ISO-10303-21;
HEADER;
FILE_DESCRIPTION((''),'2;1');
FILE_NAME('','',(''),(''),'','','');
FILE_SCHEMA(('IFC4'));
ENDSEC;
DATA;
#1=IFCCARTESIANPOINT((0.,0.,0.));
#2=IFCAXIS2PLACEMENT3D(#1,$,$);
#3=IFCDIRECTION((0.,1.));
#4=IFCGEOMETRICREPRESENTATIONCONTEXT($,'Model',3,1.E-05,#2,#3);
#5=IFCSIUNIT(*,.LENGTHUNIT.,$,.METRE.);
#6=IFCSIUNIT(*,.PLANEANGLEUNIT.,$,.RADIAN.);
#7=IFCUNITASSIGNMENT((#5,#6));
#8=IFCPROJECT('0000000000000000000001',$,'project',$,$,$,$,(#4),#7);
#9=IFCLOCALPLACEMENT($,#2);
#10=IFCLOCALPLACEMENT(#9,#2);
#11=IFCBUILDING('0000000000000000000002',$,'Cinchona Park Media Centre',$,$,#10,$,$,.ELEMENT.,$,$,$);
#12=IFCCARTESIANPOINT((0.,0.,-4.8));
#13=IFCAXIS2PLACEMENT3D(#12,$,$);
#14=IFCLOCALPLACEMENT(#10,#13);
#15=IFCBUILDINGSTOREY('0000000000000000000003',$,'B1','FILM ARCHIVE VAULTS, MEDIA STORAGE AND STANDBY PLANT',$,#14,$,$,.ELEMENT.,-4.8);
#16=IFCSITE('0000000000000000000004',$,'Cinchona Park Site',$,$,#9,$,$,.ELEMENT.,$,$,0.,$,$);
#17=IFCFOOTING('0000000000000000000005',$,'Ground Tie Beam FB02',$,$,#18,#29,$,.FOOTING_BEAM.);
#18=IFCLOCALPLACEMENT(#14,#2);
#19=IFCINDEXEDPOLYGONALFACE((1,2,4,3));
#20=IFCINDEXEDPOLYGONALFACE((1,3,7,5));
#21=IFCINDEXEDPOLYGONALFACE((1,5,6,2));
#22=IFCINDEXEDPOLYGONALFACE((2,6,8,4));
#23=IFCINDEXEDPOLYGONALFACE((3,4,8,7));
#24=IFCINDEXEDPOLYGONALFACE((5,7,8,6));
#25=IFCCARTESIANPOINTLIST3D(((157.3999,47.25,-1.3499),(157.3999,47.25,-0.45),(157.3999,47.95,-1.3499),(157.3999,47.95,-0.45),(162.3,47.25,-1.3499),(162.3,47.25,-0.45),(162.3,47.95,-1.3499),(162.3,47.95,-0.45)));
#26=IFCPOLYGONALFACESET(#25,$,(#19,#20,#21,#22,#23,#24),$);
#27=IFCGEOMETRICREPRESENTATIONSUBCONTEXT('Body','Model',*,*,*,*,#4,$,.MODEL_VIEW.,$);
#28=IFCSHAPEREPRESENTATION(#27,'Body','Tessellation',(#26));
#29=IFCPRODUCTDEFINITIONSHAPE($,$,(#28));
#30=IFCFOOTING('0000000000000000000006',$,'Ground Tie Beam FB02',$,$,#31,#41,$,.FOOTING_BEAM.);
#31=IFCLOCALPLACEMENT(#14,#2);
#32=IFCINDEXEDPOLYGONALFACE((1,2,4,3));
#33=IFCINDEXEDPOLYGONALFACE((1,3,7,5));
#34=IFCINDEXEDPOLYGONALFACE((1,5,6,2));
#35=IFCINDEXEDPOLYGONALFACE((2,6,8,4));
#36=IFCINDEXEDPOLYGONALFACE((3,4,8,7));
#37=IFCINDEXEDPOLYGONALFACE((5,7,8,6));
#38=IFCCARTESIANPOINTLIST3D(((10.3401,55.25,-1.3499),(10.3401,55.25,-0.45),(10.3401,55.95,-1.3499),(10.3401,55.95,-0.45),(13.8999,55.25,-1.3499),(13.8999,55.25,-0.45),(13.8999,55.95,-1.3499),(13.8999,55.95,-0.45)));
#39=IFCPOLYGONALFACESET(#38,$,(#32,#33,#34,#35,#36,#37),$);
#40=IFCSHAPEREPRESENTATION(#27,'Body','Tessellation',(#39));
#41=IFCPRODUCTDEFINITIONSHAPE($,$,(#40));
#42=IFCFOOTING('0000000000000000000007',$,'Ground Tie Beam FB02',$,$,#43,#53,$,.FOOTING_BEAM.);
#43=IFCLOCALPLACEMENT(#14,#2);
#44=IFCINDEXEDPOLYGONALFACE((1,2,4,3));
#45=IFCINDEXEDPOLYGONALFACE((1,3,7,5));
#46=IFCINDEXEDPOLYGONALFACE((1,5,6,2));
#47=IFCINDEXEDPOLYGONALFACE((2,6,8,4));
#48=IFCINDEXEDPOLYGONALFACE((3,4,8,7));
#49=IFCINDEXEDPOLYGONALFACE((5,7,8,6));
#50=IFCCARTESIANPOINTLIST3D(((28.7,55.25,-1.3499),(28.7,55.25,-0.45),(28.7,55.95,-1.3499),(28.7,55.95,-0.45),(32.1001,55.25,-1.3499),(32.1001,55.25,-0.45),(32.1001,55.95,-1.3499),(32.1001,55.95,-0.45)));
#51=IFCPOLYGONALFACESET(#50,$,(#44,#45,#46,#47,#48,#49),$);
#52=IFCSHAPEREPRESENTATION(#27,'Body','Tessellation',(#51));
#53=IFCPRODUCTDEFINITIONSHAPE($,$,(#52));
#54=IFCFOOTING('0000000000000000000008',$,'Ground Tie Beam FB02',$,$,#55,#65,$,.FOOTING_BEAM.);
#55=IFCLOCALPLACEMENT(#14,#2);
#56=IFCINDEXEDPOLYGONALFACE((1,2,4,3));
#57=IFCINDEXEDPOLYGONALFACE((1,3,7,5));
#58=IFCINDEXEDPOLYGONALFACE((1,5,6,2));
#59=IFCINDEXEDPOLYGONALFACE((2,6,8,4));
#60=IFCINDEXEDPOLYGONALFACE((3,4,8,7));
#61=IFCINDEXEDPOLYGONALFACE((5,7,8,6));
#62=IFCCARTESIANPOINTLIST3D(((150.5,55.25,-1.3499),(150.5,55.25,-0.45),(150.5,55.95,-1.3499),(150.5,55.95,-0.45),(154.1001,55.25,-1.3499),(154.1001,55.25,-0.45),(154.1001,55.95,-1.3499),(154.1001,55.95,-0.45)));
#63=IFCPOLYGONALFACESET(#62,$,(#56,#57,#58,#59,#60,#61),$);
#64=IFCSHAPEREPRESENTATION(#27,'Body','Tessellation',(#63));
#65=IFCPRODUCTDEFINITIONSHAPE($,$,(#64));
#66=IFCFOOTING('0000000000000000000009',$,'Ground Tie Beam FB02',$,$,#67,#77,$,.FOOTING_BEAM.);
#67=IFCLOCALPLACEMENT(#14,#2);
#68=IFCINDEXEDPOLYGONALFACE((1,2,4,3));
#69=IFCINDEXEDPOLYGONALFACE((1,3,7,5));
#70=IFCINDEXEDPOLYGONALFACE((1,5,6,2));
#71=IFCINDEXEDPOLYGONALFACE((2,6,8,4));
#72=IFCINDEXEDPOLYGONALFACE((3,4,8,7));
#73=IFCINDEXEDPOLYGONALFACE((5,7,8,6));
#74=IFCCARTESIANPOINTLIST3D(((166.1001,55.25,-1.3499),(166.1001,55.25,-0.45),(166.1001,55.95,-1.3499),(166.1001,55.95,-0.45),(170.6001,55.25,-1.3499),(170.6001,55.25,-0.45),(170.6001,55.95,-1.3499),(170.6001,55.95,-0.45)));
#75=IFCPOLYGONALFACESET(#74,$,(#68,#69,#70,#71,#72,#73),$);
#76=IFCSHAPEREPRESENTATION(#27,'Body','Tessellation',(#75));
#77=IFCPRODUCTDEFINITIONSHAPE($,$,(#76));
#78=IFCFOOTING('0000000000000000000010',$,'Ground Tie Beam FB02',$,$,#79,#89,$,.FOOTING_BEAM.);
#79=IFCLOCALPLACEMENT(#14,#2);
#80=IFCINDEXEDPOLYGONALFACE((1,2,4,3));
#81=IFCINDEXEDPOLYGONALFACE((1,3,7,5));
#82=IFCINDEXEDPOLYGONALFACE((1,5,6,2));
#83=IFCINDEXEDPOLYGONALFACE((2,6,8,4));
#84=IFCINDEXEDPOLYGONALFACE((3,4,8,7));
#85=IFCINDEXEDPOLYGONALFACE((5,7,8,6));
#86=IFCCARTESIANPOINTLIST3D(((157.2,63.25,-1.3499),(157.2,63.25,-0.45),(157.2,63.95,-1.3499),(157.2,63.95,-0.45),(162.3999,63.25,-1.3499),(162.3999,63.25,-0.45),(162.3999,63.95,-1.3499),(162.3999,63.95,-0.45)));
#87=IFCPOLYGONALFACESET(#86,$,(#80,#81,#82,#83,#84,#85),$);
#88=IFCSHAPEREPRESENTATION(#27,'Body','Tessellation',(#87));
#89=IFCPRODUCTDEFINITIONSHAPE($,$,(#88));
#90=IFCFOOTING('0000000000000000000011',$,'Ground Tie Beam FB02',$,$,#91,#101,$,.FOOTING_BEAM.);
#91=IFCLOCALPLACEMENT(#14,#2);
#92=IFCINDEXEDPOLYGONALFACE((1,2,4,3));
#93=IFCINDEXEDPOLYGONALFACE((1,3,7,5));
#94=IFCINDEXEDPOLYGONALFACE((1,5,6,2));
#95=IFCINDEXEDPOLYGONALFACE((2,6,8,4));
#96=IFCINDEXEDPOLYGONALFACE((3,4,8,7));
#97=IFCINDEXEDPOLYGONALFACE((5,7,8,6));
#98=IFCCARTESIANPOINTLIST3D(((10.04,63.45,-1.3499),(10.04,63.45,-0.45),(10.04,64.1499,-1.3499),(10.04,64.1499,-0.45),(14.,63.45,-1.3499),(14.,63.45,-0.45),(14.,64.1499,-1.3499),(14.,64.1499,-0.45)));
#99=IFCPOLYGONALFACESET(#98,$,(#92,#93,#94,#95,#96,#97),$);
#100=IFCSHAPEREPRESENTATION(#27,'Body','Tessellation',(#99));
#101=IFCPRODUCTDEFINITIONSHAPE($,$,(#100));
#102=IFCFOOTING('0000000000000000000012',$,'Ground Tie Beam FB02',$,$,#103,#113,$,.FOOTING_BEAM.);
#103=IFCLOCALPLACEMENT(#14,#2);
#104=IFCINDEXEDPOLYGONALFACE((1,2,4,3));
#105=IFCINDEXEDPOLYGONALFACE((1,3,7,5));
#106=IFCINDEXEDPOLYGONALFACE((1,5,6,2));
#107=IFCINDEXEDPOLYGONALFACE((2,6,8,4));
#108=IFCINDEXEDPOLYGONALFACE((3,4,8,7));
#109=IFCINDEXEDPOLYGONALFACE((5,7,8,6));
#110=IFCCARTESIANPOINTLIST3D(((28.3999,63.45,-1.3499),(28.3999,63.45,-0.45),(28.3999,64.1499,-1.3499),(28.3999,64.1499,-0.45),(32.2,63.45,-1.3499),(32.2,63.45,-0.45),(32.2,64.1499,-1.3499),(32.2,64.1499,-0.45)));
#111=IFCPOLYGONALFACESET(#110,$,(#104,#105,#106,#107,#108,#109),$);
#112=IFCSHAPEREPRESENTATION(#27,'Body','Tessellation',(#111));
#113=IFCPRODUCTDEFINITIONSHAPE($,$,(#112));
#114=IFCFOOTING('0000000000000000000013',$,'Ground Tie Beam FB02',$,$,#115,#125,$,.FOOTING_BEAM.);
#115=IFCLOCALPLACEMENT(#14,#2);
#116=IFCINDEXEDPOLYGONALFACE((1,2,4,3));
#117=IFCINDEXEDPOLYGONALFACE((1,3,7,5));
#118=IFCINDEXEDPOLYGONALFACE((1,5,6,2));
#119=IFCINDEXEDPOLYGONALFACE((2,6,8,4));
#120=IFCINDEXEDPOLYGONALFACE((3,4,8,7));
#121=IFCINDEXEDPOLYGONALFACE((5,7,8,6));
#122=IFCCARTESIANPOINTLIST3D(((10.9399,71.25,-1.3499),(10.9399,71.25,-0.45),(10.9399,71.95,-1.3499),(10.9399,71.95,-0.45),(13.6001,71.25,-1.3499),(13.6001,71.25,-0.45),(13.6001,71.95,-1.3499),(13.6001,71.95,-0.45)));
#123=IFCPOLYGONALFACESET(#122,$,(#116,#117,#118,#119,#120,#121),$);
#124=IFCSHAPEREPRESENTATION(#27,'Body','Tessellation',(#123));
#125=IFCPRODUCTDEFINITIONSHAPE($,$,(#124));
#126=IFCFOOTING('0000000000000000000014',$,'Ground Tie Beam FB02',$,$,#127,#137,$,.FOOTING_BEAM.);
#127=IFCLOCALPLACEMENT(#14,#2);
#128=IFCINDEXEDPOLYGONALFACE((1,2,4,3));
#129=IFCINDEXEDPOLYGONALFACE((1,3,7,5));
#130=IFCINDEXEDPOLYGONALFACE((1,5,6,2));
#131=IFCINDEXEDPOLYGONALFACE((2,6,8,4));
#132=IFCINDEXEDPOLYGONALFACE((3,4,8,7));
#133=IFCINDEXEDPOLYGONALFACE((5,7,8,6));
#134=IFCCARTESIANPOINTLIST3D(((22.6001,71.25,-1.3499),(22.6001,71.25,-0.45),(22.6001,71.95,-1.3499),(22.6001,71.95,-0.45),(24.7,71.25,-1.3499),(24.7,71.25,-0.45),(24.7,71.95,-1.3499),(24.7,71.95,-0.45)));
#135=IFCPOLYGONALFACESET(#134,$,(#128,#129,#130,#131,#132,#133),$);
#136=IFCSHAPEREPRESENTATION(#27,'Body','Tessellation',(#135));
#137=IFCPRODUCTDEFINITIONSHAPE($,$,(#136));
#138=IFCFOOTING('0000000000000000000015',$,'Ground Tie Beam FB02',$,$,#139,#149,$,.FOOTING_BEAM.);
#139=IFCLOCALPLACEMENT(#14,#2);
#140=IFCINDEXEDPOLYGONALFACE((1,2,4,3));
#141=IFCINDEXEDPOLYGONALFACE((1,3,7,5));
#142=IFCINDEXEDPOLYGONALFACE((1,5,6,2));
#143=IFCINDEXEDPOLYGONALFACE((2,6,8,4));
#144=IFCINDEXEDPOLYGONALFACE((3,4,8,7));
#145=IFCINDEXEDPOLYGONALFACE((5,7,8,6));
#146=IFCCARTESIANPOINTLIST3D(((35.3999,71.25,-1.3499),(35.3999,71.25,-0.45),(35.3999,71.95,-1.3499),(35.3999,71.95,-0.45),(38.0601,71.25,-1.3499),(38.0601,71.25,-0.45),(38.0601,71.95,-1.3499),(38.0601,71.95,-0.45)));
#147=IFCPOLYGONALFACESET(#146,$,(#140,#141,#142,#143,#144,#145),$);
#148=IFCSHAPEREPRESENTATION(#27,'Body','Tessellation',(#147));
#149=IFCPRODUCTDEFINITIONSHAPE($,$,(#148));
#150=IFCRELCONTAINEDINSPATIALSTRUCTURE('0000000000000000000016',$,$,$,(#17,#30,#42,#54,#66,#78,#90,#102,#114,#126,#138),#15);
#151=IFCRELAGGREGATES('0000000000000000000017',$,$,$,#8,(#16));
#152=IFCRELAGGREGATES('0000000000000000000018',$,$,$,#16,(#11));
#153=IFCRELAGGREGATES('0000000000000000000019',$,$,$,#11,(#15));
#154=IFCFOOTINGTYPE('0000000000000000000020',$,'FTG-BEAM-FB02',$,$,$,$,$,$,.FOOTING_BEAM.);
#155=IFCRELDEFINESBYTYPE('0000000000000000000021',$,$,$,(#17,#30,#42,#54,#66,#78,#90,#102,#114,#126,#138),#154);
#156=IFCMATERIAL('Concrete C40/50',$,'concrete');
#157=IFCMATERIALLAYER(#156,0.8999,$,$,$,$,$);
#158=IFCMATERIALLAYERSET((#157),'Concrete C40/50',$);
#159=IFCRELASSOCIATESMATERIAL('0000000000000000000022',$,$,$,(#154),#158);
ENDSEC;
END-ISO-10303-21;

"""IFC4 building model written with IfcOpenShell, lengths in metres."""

from ifc_helpers import new_model, si_unit, direction, frame, origin, place, context, subcontext, project, spatial, polyline, outline, extrude, material, layer, layer_set, type_object, element, save


model = new_model("IFC4")

# Units and contexts
model_context = context("Model", 3, precision=1e-05, world=origin(), true_north=direction((0.0, 1.0)))
body_context = subcontext(model_context, "Body", "Model", "MODEL_VIEW")
ifc_project = project(units=[si_unit("LENGTHUNIT", "METRE"), si_unit("PLANEANGLEUNIT", "RADIAN")], contexts=[model_context])

# Site, building, storey
site_placement = place(None, origin())
site = spatial("IfcSite", under=ifc_project, at=site_placement, Name="Cinchona Park Site", CompositionType="ELEMENT", RefElevation=0.0)
building_placement = place(site_placement, origin())
building = spatial("IfcBuilding", under=site, at=building_placement, Name="Cinchona Park Media Centre", CompositionType="ELEMENT")
storey_placement = place(building_placement, frame((0.0, 0.0, -4.8)))
storey = spatial("IfcBuildingStorey", under=building, at=storey_placement, Name="B1", Description="FILM ARCHIVE VAULTS, MEDIA STORAGE AND STANDBY PLANT", CompositionType="ELEMENT", Elevation=-4.8)

# Footings
ifc_material = material(Name="Concrete C40/50", Category="concrete")
ifc_layer = layer(ifc_material, 0.8999)
ifc_layer_set = layer_set([ifc_layer], Name="Concrete C40/50")
footing_type = type_object("IfcFootingType", Name="FTG-BEAM-FB02", PredefinedType="FOOTING_BEAM", material=ifc_layer_set)
footing_1_placement = place(storey_placement, frame((0.0, 0.0, -1.3499)))
element("IfcFooting", 1, at=footing_1_placement, inside=storey, type_object=footing_type, Name="Ground Tie Beam FB02", PredefinedType="FOOTING_BEAM", context=body_context, shape_type="SweptSolid", body=[
    extrude(outline(polyline([(157.3999, 47.25), (162.3, 47.25), (162.3, 47.95), (157.3999, 47.95), (157.3999, 47.25)])), origin(), (0.0, 0.0, 1.0), 0.8999),
])
footing_2_placement = place(storey_placement, frame((0.0, 0.0, -1.3499)))
element("IfcFooting", 2, at=footing_2_placement, inside=storey, type_object=footing_type, Name="Ground Tie Beam FB02", PredefinedType="FOOTING_BEAM", context=body_context, shape_type="SweptSolid", body=[
    extrude(outline(polyline([(10.3401, 55.25), (13.8999, 55.25), (13.8999, 55.95), (10.3401, 55.95), (10.3401, 55.25)])), origin(), (0.0, 0.0, 1.0), 0.8999),
])
footing_3_placement = place(storey_placement, frame((0.0, 0.0, -1.3499)))
element("IfcFooting", 3, at=footing_3_placement, inside=storey, type_object=footing_type, Name="Ground Tie Beam FB02", PredefinedType="FOOTING_BEAM", context=body_context, shape_type="SweptSolid", body=[
    extrude(outline(polyline([(28.7, 55.25), (32.1001, 55.25), (32.1001, 55.95), (28.7, 55.95), (28.7, 55.25)])), origin(), (0.0, 0.0, 1.0), 0.8999),
])
footing_4_placement = place(storey_placement, frame((0.0, 0.0, -1.3499)))
element("IfcFooting", 4, at=footing_4_placement, inside=storey, type_object=footing_type, Name="Ground Tie Beam FB02", PredefinedType="FOOTING_BEAM", context=body_context, shape_type="SweptSolid", body=[
    extrude(outline(polyline([(150.5, 55.25), (154.1001, 55.25), (154.1001, 55.95), (150.5, 55.95), (150.5, 55.25)])), origin(), (0.0, 0.0, 1.0), 0.8999),
])
footing_5_placement = place(storey_placement, frame((0.0, 0.0, -1.3499)))
element("IfcFooting", 5, at=footing_5_placement, inside=storey, type_object=footing_type, Name="Ground Tie Beam FB02", PredefinedType="FOOTING_BEAM", context=body_context, shape_type="SweptSolid", body=[
    extrude(outline(polyline([(166.1001, 55.25), (170.6001, 55.25), (170.6001, 55.95), (166.1001, 55.95), (166.1001, 55.25)])), origin(), (0.0, 0.0, 1.0), 0.8999),
])
footing_6_placement = place(storey_placement, frame((0.0, 0.0, -1.3499)))
element("IfcFooting", 6, at=footing_6_placement, inside=storey, type_object=footing_type, Name="Ground Tie Beam FB02", PredefinedType="FOOTING_BEAM", context=body_context, shape_type="SweptSolid", body=[
    extrude(outline(polyline([(157.2, 63.25), (162.3999, 63.25), (162.3999, 63.95), (157.2, 63.95), (157.2, 63.25)])), origin(), (0.0, 0.0, 1.0), 0.8999),
])
footing_7_placement = place(storey_placement, frame((0.0, 0.0, -1.3499)))
element("IfcFooting", 7, at=footing_7_placement, inside=storey, type_object=footing_type, Name="Ground Tie Beam FB02", PredefinedType="FOOTING_BEAM", context=body_context, shape_type="SweptSolid", body=[
    extrude(outline(polyline([(10.04, 63.45), (14.0, 63.45), (14.0, 64.1499), (10.04, 64.1499), (10.04, 63.45)])), origin(), (0.0, 0.0, 1.0), 0.8999),
])
footing_8_placement = place(storey_placement, frame((0.0, 0.0, -1.3499)))
element("IfcFooting", 8, at=footing_8_placement, inside=storey, type_object=footing_type, Name="Ground Tie Beam FB02", PredefinedType="FOOTING_BEAM", context=body_context, shape_type="SweptSolid", body=[
    extrude(outline(polyline([(28.3999, 63.45), (32.2, 63.45), (32.2, 64.1499), (28.3999, 64.1499), (28.3999, 63.45)])), origin(), (0.0, 0.0, 1.0), 0.8999),
])
footing_9_placement = place(storey_placement, frame((0.0, 0.0, -1.3499)))
element("IfcFooting", 9, at=footing_9_placement, inside=storey, type_object=footing_type, Name="Ground Tie Beam FB02", PredefinedType="FOOTING_BEAM", context=body_context, shape_type="SweptSolid", body=[
    extrude(outline(polyline([(10.9399, 71.25), (13.6001, 71.25), (13.6001, 71.95), (10.9399, 71.95), (10.9399, 71.25)])), origin(), (0.0, 0.0, 1.0), 0.8999),
])
footing_10_placement = place(storey_placement, frame((0.0, 0.0, -1.3499)))
element("IfcFooting", 10, at=footing_10_placement, inside=storey, type_object=footing_type, Name="Ground Tie Beam FB02", PredefinedType="FOOTING_BEAM", context=body_context, shape_type="SweptSolid", body=[
    extrude(outline(polyline([(22.6001, 71.25), (24.7, 71.25), (24.7, 71.95), (22.6001, 71.95), (22.6001, 71.25)])), origin(), (0.0, 0.0, 1.0), 0.8999),
])
footing_11_placement = place(storey_placement, frame((0.0, 0.0, -1.3499)))
element("IfcFooting", 11, at=footing_11_placement, inside=storey, type_object=footing_type, Name="Ground Tie Beam FB02", PredefinedType="FOOTING_BEAM", context=body_context, shape_type="SweptSolid", body=[
    extrude(outline(polyline([(35.3999, 71.25), (38.0601, 71.25), (38.0601, 71.95), (35.3999, 71.95), (35.3999, 71.25)])), origin(), (0.0, 0.0, 1.0), 0.8999),
])

save(model, "model.ifc")
